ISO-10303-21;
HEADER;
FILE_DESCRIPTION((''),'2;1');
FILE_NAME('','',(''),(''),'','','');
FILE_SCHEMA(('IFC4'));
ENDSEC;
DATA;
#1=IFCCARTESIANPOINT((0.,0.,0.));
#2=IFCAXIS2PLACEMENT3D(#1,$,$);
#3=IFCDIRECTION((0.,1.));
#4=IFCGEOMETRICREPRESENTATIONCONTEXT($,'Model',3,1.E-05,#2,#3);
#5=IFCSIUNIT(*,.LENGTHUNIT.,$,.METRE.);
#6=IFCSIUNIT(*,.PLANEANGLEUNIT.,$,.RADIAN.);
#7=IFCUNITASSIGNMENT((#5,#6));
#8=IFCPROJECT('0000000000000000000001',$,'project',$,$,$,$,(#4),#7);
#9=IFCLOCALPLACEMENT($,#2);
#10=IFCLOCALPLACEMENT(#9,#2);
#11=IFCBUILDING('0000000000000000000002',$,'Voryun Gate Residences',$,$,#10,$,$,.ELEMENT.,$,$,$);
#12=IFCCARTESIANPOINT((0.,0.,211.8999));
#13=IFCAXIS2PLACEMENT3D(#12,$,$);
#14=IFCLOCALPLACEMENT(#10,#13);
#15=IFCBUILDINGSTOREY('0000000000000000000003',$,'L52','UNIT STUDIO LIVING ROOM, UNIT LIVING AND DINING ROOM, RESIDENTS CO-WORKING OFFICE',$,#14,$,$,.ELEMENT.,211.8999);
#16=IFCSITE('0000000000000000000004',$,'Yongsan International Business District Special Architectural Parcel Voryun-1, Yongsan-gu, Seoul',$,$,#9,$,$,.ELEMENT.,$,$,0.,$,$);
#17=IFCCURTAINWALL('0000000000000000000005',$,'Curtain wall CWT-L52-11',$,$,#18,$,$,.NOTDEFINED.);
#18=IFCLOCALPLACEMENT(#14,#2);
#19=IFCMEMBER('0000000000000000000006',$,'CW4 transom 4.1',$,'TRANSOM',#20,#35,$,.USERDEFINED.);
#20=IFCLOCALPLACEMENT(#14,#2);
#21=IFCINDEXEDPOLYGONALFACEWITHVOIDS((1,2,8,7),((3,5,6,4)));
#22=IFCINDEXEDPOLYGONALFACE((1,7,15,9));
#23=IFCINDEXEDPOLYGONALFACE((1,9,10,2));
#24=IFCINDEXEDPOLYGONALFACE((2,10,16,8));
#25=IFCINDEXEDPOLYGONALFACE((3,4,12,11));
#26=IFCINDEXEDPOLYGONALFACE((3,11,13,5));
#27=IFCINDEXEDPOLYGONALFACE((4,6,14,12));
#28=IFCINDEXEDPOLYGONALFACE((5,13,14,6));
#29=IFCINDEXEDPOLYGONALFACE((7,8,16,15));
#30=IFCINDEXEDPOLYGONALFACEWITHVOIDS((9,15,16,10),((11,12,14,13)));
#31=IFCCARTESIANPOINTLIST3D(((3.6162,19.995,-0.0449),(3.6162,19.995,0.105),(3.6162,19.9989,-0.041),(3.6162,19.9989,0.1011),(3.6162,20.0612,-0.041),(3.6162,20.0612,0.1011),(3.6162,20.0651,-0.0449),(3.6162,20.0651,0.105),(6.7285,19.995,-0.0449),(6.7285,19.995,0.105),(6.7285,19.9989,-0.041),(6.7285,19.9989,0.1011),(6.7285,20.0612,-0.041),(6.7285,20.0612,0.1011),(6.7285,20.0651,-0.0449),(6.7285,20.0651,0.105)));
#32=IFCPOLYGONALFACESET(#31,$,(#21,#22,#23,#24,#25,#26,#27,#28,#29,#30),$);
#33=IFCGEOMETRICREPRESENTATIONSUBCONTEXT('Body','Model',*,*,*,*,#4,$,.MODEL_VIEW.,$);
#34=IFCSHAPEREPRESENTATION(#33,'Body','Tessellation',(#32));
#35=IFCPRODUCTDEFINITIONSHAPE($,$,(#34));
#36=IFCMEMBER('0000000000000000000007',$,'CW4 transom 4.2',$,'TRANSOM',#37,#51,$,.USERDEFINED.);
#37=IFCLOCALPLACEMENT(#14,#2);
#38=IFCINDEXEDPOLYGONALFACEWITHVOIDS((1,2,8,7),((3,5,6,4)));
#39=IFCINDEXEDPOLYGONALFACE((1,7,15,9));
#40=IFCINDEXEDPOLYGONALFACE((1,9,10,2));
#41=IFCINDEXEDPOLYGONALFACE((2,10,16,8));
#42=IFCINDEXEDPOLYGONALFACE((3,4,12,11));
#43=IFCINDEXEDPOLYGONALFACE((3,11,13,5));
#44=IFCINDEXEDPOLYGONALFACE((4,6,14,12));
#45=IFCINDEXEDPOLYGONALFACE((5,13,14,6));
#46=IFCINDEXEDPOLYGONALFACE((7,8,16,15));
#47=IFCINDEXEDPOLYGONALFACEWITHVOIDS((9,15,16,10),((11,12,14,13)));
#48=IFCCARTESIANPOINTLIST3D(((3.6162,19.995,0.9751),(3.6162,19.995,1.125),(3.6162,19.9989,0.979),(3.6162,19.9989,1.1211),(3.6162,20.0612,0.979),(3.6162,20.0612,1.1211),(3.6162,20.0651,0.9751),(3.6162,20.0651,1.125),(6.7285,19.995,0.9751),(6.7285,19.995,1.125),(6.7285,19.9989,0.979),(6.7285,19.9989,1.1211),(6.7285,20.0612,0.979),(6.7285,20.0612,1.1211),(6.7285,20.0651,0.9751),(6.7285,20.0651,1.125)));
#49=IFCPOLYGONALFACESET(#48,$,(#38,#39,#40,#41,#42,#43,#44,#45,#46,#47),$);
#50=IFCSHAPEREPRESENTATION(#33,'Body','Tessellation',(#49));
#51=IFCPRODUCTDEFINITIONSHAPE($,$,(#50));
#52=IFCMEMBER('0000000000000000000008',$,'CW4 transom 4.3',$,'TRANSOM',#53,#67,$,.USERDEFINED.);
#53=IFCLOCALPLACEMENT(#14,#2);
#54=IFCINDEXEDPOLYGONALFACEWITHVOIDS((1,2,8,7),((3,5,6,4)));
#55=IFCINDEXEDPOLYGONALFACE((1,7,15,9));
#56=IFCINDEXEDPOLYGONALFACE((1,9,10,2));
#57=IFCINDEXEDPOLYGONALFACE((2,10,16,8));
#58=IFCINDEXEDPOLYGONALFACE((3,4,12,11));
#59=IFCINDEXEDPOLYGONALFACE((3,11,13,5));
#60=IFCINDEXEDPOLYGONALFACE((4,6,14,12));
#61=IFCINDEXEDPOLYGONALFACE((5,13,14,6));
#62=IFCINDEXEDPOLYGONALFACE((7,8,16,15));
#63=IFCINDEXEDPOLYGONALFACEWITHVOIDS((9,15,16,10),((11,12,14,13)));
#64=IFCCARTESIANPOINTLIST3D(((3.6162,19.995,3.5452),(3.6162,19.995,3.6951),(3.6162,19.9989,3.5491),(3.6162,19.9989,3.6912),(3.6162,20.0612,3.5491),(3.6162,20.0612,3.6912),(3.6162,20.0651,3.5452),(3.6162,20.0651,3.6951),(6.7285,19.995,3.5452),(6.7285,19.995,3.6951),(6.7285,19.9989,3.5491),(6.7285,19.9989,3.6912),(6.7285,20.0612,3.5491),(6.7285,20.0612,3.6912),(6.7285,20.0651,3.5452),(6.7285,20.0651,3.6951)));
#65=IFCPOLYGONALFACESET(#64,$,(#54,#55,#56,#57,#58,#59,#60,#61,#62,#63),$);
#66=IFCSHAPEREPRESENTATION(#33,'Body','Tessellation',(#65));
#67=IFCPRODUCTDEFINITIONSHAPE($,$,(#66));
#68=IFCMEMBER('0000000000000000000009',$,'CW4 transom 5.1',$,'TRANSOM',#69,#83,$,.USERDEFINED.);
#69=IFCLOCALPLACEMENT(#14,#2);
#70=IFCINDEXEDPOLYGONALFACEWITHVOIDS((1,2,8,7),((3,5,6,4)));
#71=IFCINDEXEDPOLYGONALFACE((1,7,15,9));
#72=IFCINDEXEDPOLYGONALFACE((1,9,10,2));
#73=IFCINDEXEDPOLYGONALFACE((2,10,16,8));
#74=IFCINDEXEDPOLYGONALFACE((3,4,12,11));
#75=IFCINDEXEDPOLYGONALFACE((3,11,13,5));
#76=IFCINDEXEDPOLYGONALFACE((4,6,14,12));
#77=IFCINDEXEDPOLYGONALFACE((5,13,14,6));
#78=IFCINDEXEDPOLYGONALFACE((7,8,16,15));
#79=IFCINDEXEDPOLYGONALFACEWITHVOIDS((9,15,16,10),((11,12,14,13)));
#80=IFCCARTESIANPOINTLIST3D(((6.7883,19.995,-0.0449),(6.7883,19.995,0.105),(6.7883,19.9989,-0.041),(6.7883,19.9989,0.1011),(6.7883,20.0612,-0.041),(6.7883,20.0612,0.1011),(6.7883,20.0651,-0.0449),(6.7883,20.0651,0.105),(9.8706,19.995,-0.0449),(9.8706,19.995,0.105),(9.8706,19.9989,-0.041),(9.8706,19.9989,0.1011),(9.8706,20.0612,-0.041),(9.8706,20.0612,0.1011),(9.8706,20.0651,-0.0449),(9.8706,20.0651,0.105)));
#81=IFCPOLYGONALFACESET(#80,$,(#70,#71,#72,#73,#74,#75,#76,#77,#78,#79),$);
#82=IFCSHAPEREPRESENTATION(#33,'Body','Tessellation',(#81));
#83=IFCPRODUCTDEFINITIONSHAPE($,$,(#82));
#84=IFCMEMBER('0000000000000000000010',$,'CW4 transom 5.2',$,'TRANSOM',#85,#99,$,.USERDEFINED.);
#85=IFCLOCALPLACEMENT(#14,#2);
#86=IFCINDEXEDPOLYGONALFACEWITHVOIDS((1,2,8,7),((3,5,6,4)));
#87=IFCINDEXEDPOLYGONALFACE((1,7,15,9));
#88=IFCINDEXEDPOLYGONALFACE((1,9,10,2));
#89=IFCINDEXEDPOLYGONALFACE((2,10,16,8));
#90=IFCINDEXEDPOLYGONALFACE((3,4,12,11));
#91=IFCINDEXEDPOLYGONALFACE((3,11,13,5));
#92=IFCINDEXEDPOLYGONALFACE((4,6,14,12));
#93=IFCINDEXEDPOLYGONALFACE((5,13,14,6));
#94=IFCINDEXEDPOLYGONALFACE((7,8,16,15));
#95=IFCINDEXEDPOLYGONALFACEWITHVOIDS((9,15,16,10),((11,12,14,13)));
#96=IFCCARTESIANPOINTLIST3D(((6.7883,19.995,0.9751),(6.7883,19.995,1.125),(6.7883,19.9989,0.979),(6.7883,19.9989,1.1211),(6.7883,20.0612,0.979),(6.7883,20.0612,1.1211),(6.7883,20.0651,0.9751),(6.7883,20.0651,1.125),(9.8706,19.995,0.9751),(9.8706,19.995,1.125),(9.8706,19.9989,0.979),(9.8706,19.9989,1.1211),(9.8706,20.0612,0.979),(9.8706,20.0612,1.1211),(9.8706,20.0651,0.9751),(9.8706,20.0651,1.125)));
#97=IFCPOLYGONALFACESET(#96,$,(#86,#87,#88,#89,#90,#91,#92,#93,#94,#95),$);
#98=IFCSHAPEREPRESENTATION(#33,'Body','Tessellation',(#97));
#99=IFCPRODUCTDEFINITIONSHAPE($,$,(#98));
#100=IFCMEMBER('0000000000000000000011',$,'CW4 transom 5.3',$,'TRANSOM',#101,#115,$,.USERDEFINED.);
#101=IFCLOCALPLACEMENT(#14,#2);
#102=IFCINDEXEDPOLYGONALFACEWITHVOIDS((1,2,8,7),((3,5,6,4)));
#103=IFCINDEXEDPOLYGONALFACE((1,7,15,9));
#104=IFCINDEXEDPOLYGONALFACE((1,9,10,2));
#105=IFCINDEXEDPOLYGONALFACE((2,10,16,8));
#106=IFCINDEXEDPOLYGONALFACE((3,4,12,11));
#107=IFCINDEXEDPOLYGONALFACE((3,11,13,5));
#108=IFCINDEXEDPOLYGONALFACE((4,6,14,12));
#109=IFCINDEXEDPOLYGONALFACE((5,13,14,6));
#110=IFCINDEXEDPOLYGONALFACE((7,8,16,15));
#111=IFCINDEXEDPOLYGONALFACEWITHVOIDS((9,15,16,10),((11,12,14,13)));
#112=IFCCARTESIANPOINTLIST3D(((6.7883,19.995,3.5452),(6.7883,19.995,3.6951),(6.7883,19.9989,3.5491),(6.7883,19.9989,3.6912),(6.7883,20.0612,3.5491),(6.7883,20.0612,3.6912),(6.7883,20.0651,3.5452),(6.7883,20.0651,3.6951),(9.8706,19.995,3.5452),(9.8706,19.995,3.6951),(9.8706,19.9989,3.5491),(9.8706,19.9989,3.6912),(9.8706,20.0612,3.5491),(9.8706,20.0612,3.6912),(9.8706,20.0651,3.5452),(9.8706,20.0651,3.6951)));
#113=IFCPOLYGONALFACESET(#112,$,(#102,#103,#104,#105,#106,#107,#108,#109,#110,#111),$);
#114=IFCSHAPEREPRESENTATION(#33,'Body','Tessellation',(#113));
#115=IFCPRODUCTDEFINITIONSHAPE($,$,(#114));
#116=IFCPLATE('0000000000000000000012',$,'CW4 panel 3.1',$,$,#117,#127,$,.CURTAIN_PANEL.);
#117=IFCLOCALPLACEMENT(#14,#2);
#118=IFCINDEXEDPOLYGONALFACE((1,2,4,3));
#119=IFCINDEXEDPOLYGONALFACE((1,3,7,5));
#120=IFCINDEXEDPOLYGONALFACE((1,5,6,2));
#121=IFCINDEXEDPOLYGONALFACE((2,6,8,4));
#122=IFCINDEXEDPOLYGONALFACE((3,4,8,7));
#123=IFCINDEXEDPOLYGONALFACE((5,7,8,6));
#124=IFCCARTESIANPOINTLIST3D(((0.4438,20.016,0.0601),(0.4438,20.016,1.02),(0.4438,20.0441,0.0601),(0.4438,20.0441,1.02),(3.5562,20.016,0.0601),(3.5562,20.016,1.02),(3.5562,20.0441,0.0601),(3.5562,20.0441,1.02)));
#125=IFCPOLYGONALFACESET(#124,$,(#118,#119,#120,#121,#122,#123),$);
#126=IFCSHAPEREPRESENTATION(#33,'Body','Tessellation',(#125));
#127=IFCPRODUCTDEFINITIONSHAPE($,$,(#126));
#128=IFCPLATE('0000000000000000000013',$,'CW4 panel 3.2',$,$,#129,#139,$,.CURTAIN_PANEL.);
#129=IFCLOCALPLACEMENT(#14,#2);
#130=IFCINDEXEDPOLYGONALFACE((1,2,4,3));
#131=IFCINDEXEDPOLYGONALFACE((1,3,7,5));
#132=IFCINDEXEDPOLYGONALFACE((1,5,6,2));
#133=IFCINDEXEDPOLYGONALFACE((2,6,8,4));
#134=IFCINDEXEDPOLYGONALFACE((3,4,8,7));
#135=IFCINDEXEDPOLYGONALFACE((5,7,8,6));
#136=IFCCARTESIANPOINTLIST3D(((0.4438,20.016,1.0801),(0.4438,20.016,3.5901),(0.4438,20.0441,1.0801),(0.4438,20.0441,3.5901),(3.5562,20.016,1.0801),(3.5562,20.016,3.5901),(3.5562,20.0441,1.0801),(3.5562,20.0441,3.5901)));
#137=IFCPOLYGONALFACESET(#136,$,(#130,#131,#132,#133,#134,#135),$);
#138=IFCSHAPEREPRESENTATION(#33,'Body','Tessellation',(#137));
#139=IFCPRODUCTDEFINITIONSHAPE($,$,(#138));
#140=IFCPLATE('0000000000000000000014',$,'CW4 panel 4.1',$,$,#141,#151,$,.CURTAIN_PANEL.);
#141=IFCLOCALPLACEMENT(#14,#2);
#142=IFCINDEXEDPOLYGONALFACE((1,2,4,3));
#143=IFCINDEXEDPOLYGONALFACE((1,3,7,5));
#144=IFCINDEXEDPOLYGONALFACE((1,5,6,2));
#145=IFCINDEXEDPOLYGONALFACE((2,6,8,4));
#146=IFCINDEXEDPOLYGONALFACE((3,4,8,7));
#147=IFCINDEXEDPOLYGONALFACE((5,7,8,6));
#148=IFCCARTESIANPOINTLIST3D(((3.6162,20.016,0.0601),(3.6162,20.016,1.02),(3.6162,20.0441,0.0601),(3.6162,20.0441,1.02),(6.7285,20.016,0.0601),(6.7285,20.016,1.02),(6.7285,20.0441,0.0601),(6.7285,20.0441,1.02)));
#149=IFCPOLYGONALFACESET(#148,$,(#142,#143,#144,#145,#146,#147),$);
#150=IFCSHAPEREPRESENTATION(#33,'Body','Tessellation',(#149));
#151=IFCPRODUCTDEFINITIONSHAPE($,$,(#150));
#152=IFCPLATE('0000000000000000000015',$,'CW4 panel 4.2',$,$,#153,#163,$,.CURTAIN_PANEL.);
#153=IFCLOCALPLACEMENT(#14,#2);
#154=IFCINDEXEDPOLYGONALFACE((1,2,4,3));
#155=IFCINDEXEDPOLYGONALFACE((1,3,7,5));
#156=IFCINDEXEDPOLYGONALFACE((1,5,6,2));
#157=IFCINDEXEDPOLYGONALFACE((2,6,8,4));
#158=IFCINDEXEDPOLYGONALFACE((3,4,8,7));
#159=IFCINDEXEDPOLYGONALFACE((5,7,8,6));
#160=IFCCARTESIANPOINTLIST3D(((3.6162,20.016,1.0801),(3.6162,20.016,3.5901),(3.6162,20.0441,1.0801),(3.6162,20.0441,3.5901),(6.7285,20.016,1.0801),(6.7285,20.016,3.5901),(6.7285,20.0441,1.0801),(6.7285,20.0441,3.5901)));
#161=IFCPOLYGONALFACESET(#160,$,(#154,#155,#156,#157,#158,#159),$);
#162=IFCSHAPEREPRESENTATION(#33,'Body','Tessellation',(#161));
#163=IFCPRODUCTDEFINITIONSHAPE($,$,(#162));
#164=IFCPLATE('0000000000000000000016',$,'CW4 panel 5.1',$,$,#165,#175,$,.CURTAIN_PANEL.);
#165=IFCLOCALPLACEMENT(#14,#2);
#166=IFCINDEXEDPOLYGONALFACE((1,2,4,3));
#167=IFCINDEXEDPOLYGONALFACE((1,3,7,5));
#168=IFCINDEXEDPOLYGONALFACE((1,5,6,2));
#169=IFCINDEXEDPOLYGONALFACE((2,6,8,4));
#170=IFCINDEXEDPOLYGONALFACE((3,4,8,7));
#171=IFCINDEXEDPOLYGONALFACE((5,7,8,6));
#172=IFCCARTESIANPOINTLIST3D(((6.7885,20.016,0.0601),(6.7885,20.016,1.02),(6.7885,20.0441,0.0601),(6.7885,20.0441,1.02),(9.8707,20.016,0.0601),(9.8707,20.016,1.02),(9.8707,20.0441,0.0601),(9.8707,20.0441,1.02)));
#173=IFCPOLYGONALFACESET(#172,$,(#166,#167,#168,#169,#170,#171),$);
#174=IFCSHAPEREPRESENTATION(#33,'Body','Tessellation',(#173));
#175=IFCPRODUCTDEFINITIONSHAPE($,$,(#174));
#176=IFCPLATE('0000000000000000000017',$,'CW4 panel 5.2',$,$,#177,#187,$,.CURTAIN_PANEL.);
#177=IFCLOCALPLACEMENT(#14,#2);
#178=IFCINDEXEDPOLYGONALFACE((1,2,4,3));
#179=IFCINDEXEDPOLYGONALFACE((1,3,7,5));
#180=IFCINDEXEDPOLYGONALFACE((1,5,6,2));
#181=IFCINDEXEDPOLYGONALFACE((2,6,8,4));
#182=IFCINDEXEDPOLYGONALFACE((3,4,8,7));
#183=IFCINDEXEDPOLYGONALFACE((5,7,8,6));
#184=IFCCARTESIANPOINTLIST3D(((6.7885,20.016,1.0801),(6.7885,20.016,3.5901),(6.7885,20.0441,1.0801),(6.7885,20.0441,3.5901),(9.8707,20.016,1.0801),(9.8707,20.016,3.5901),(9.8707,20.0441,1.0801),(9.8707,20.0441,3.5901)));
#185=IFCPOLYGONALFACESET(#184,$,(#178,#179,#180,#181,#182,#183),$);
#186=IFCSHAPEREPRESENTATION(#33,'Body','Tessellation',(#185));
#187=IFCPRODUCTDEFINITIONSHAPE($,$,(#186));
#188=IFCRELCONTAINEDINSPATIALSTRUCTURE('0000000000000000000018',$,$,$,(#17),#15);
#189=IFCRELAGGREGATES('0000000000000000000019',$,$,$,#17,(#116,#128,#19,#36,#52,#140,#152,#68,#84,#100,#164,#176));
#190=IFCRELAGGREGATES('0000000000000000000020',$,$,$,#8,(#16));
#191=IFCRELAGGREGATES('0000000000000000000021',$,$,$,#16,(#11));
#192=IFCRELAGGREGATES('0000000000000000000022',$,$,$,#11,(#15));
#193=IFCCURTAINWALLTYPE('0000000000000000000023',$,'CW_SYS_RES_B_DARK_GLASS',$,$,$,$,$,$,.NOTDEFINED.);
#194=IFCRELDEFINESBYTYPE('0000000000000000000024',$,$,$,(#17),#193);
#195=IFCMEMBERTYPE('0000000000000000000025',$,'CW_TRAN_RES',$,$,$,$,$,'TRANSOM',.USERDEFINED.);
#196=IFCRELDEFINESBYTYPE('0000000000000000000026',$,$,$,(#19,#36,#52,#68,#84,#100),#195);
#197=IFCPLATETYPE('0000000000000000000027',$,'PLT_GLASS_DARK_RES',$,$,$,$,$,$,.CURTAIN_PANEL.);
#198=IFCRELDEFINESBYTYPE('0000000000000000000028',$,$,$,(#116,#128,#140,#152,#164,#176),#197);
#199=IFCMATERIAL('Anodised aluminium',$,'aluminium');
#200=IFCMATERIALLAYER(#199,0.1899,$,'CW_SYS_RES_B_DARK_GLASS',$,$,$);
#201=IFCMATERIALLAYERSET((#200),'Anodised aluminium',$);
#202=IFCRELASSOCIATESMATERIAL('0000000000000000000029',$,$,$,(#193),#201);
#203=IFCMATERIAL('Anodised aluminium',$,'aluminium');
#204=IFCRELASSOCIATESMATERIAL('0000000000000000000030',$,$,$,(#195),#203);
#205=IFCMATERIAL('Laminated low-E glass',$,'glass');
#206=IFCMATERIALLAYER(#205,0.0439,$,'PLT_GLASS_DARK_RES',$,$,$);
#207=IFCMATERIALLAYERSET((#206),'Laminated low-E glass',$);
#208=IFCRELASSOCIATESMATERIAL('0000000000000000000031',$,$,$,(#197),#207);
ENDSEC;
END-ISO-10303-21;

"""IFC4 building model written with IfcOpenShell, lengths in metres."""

from ifc_helpers import new_model, si_unit, direction, frame, origin, origin_2d, place, context, subcontext, project, spatial, rectangle, hollow_rectangle, extrude, material, layer, layer_set, material_profile, profile_set, type_object, element, aggregate, save


model = new_model("IFC4")

# Units and contexts
model_context = context("Model", 3, precision=1e-05, world=origin(), true_north=direction((0.0, 1.0)))
body_context = subcontext(model_context, "Body", "Model", "MODEL_VIEW")
ifc_project = project(units=[si_unit("LENGTHUNIT", "METRE"), si_unit("PLANEANGLEUNIT", "RADIAN")], contexts=[model_context])

# Site, building, storey
site_placement = place(None, origin())
site = spatial("IfcSite", under=ifc_project, at=site_placement, Name="Yongsan International Business District Special Architectural Parcel Voryun-1, Yongsan-gu, Seoul", CompositionType="ELEMENT", RefElevation=0.0)
building_placement = place(site_placement, origin())
building = spatial("IfcBuilding", under=site, at=building_placement, Name="Voryun Gate Residences", CompositionType="ELEMENT")
storey_placement = place(building_placement, frame((0.0, 0.0, 211.8999)))
storey = spatial("IfcBuildingStorey", under=building, at=storey_placement, Name="L52", Description="UNIT STUDIO LIVING ROOM, UNIT LIVING AND DINING ROOM, RESIDENTS CO-WORKING OFFICE", CompositionType="ELEMENT", Elevation=211.8999)

# Curtain wall, members, plates
ifc_material_1 = material(Name="Anodised aluminium", Category="aluminium")
ifc_layer_1 = layer(ifc_material_1, 0.1899, Name="CW_SYS_RES_B_DARK_GLASS")
ifc_layer_set_1 = layer_set([ifc_layer_1], Name="Anodised aluminium")
curtain_wall_type = type_object("IfcCurtainWallType", Name="CW_SYS_RES_B_DARK_GLASS", PredefinedType="NOTDEFINED", material=ifc_layer_set_1)
curtain_wall_placement = place(storey_placement, origin())
curtain_wall = element("IfcCurtainWall", 1, at=curtain_wall_placement, inside=storey, type_object=curtain_wall_type, Name="Curtain wall CWT-L52-11", PredefinedType="NOTDEFINED")
ifc_material_2 = material(Name="Anodised aluminium", Category="aluminium")
ifc_material_profile_1 = material_profile(ifc_material_2, hollow_rectangle(XDim=0.0701, YDim=0.1499, WallThickness=0.0039, at=origin_2d()), Name="ALU-TRAN-150x70x4")
ifc_profile_set_1 = profile_set([ifc_material_profile_1], Name="Anodised aluminium")
member_type_1 = type_object("IfcMemberType", Name="CW_TRAN_RES", ElementType="TRANSOM", PredefinedType="USERDEFINED", material=ifc_profile_set_1)
member_1_placement = place(storey_placement, frame((3.6162, 20.03, 0.03), z_axis=(1.0, 0.0, 0.0), x_axis=(0.0, 1.0, 0.0)))
member_1 = element("IfcMember", 2, at=member_1_placement, type_object=member_type_1, Name="CW4 transom 4.1", ObjectType="TRANSOM", PredefinedType="USERDEFINED", context=body_context, shape_type="SweptSolid", body=[
    extrude(hollow_rectangle(XDim=0.0701, YDim=0.1499, WallThickness=0.0039, at=origin_2d()), origin(), (0.0, 0.0, 1.0), 3.1123),
])
member_2_placement = place(storey_placement, frame((3.6162, 20.03, 1.05), z_axis=(1.0, 0.0, 0.0), x_axis=(0.0, 1.0, 0.0)))
member_2 = element("IfcMember", 3, at=member_2_placement, type_object=member_type_1, Name="CW4 transom 4.2", ObjectType="TRANSOM", PredefinedType="USERDEFINED", context=body_context, shape_type="SweptSolid", body=[
    extrude(hollow_rectangle(XDim=0.0701, YDim=0.1499, WallThickness=0.0039, at=origin_2d()), origin(), (0.0, 0.0, 1.0), 3.1123),
])
member_3_placement = place(storey_placement, frame((3.6162, 20.03, 3.6201), z_axis=(1.0, 0.0, 0.0), x_axis=(0.0, 1.0, 0.0)))
member_3 = element("IfcMember", 4, at=member_3_placement, type_object=member_type_1, Name="CW4 transom 4.3", ObjectType="TRANSOM", PredefinedType="USERDEFINED", context=body_context, shape_type="SweptSolid", body=[
    extrude(hollow_rectangle(XDim=0.0701, YDim=0.1499, WallThickness=0.0039, at=origin_2d()), origin(), (0.0, 0.0, 1.0), 3.1123),
])
member_4_placement = place(storey_placement, frame((6.7883, 20.03, 0.03), z_axis=(1.0, 0.0, 0.0), x_axis=(0.0, 1.0, 0.0)))
member_4 = element("IfcMember", 5, at=member_4_placement, type_object=member_type_1, Name="CW4 transom 5.1", ObjectType="TRANSOM", PredefinedType="USERDEFINED", context=body_context, shape_type="SweptSolid", body=[
    extrude(hollow_rectangle(XDim=0.0701, YDim=0.1499, WallThickness=0.0039, at=origin_2d()), origin(), (0.0, 0.0, 1.0), 3.0823),
])
member_5_placement = place(storey_placement, frame((6.7883, 20.03, 1.05), z_axis=(1.0, 0.0, 0.0), x_axis=(0.0, 1.0, 0.0)))
member_5 = element("IfcMember", 6, at=member_5_placement, type_object=member_type_1, Name="CW4 transom 5.2", ObjectType="TRANSOM", PredefinedType="USERDEFINED", context=body_context, shape_type="SweptSolid", body=[
    extrude(hollow_rectangle(XDim=0.0701, YDim=0.1499, WallThickness=0.0039, at=origin_2d()), origin(), (0.0, 0.0, 1.0), 3.0823),
])
member_6_placement = place(storey_placement, frame((6.7883, 20.03, 3.6201), z_axis=(1.0, 0.0, 0.0), x_axis=(0.0, 1.0, 0.0)))
member_6 = element("IfcMember", 7, at=member_6_placement, type_object=member_type_1, Name="CW4 transom 5.3", ObjectType="TRANSOM", PredefinedType="USERDEFINED", context=body_context, shape_type="SweptSolid", body=[
    extrude(hollow_rectangle(XDim=0.0701, YDim=0.1499, WallThickness=0.0039, at=origin_2d()), origin(), (0.0, 0.0, 1.0), 3.0823),
])
ifc_material_3 = material(Name="Laminated low-E glass", Category="glass")
ifc_layer_2 = layer(ifc_material_3, 0.0439, Name="PLT_GLASS_DARK_RES")
ifc_layer_set_2 = layer_set([ifc_layer_2], Name="Laminated low-E glass")
plate_type = type_object("IfcPlateType", Name="PLT_GLASS_DARK_RES", PredefinedType="CURTAIN_PANEL", material=ifc_layer_set_2)
plate_1_placement = place(storey_placement, frame((2.0, 20.03, 0.0601), z_axis=(0.0, 0.0, 1.0), x_axis=(1.0, 0.0, 0.0)))
plate_1 = element("IfcPlate", 8, at=plate_1_placement, type_object=plate_type, Name="CW4 panel 3.1", PredefinedType="CURTAIN_PANEL", context=body_context, shape_type="SweptSolid", body=[
    extrude(rectangle(XDim=3.1123, YDim=0.0281, at=origin_2d()), origin(), (0.0, 0.0, 1.0), 0.96),
])
plate_2_placement = place(storey_placement, frame((2.0, 20.03, 1.0801), z_axis=(0.0, 0.0, 1.0), x_axis=(1.0, 0.0, 0.0)))
plate_2 = element("IfcPlate", 9, at=plate_2_placement, type_object=plate_type, Name="CW4 panel 3.2", PredefinedType="CURTAIN_PANEL", context=body_context, shape_type="SweptSolid", body=[
    extrude(rectangle(XDim=3.1123, YDim=0.0281, at=origin_2d()), origin(), (0.0, 0.0, 1.0), 2.51),
])
plate_3_placement = place(storey_placement, frame((5.1724, 20.03, 0.0601), z_axis=(0.0, 0.0, 1.0), x_axis=(1.0, 0.0, 0.0)))
plate_3 = element("IfcPlate", 10, at=plate_3_placement, type_object=plate_type, Name="CW4 panel 4.1", PredefinedType="CURTAIN_PANEL", context=body_context, shape_type="SweptSolid", body=[
    extrude(rectangle(XDim=3.1123, YDim=0.0281, at=origin_2d()), origin(), (0.0, 0.0, 1.0), 0.96),
])
plate_4_placement = place(storey_placement, frame((5.1724, 20.03, 1.0801), z_axis=(0.0, 0.0, 1.0), x_axis=(1.0, 0.0, 0.0)))
plate_4 = element("IfcPlate", 11, at=plate_4_placement, type_object=plate_type, Name="CW4 panel 4.2", PredefinedType="CURTAIN_PANEL", context=body_context, shape_type="SweptSolid", body=[
    extrude(rectangle(XDim=3.1123, YDim=0.0281, at=origin_2d()), origin(), (0.0, 0.0, 1.0), 2.51),
])
plate_5_placement = place(storey_placement, frame((8.3296, 20.03, 0.0601), z_axis=(0.0, 0.0, 1.0), x_axis=(1.0, 0.0, 0.0)))
plate_5 = element("IfcPlate", 12, at=plate_5_placement, type_object=plate_type, Name="CW4 panel 5.1", PredefinedType="CURTAIN_PANEL", context=body_context, shape_type="SweptSolid", body=[
    extrude(rectangle(XDim=3.0823, YDim=0.0281, at=origin_2d()), origin(), (0.0, 0.0, 1.0), 0.96),
])
plate_6_placement = place(storey_placement, frame((8.3296, 20.03, 1.0801), z_axis=(0.0, 0.0, 1.0), x_axis=(1.0, 0.0, 0.0)))
plate_6 = element("IfcPlate", 13, at=plate_6_placement, type_object=plate_type, Name="CW4 panel 5.2", PredefinedType="CURTAIN_PANEL", context=body_context, shape_type="SweptSolid", body=[
    extrude(rectangle(XDim=3.0823, YDim=0.0281, at=origin_2d()), origin(), (0.0, 0.0, 1.0), 2.51),
])
aggregate(curtain_wall, [plate_1, plate_2, member_1, member_2, member_3, plate_3, plate_4, member_4, member_5, member_6, plate_5, plate_6])

save(model, "model.ifc")
